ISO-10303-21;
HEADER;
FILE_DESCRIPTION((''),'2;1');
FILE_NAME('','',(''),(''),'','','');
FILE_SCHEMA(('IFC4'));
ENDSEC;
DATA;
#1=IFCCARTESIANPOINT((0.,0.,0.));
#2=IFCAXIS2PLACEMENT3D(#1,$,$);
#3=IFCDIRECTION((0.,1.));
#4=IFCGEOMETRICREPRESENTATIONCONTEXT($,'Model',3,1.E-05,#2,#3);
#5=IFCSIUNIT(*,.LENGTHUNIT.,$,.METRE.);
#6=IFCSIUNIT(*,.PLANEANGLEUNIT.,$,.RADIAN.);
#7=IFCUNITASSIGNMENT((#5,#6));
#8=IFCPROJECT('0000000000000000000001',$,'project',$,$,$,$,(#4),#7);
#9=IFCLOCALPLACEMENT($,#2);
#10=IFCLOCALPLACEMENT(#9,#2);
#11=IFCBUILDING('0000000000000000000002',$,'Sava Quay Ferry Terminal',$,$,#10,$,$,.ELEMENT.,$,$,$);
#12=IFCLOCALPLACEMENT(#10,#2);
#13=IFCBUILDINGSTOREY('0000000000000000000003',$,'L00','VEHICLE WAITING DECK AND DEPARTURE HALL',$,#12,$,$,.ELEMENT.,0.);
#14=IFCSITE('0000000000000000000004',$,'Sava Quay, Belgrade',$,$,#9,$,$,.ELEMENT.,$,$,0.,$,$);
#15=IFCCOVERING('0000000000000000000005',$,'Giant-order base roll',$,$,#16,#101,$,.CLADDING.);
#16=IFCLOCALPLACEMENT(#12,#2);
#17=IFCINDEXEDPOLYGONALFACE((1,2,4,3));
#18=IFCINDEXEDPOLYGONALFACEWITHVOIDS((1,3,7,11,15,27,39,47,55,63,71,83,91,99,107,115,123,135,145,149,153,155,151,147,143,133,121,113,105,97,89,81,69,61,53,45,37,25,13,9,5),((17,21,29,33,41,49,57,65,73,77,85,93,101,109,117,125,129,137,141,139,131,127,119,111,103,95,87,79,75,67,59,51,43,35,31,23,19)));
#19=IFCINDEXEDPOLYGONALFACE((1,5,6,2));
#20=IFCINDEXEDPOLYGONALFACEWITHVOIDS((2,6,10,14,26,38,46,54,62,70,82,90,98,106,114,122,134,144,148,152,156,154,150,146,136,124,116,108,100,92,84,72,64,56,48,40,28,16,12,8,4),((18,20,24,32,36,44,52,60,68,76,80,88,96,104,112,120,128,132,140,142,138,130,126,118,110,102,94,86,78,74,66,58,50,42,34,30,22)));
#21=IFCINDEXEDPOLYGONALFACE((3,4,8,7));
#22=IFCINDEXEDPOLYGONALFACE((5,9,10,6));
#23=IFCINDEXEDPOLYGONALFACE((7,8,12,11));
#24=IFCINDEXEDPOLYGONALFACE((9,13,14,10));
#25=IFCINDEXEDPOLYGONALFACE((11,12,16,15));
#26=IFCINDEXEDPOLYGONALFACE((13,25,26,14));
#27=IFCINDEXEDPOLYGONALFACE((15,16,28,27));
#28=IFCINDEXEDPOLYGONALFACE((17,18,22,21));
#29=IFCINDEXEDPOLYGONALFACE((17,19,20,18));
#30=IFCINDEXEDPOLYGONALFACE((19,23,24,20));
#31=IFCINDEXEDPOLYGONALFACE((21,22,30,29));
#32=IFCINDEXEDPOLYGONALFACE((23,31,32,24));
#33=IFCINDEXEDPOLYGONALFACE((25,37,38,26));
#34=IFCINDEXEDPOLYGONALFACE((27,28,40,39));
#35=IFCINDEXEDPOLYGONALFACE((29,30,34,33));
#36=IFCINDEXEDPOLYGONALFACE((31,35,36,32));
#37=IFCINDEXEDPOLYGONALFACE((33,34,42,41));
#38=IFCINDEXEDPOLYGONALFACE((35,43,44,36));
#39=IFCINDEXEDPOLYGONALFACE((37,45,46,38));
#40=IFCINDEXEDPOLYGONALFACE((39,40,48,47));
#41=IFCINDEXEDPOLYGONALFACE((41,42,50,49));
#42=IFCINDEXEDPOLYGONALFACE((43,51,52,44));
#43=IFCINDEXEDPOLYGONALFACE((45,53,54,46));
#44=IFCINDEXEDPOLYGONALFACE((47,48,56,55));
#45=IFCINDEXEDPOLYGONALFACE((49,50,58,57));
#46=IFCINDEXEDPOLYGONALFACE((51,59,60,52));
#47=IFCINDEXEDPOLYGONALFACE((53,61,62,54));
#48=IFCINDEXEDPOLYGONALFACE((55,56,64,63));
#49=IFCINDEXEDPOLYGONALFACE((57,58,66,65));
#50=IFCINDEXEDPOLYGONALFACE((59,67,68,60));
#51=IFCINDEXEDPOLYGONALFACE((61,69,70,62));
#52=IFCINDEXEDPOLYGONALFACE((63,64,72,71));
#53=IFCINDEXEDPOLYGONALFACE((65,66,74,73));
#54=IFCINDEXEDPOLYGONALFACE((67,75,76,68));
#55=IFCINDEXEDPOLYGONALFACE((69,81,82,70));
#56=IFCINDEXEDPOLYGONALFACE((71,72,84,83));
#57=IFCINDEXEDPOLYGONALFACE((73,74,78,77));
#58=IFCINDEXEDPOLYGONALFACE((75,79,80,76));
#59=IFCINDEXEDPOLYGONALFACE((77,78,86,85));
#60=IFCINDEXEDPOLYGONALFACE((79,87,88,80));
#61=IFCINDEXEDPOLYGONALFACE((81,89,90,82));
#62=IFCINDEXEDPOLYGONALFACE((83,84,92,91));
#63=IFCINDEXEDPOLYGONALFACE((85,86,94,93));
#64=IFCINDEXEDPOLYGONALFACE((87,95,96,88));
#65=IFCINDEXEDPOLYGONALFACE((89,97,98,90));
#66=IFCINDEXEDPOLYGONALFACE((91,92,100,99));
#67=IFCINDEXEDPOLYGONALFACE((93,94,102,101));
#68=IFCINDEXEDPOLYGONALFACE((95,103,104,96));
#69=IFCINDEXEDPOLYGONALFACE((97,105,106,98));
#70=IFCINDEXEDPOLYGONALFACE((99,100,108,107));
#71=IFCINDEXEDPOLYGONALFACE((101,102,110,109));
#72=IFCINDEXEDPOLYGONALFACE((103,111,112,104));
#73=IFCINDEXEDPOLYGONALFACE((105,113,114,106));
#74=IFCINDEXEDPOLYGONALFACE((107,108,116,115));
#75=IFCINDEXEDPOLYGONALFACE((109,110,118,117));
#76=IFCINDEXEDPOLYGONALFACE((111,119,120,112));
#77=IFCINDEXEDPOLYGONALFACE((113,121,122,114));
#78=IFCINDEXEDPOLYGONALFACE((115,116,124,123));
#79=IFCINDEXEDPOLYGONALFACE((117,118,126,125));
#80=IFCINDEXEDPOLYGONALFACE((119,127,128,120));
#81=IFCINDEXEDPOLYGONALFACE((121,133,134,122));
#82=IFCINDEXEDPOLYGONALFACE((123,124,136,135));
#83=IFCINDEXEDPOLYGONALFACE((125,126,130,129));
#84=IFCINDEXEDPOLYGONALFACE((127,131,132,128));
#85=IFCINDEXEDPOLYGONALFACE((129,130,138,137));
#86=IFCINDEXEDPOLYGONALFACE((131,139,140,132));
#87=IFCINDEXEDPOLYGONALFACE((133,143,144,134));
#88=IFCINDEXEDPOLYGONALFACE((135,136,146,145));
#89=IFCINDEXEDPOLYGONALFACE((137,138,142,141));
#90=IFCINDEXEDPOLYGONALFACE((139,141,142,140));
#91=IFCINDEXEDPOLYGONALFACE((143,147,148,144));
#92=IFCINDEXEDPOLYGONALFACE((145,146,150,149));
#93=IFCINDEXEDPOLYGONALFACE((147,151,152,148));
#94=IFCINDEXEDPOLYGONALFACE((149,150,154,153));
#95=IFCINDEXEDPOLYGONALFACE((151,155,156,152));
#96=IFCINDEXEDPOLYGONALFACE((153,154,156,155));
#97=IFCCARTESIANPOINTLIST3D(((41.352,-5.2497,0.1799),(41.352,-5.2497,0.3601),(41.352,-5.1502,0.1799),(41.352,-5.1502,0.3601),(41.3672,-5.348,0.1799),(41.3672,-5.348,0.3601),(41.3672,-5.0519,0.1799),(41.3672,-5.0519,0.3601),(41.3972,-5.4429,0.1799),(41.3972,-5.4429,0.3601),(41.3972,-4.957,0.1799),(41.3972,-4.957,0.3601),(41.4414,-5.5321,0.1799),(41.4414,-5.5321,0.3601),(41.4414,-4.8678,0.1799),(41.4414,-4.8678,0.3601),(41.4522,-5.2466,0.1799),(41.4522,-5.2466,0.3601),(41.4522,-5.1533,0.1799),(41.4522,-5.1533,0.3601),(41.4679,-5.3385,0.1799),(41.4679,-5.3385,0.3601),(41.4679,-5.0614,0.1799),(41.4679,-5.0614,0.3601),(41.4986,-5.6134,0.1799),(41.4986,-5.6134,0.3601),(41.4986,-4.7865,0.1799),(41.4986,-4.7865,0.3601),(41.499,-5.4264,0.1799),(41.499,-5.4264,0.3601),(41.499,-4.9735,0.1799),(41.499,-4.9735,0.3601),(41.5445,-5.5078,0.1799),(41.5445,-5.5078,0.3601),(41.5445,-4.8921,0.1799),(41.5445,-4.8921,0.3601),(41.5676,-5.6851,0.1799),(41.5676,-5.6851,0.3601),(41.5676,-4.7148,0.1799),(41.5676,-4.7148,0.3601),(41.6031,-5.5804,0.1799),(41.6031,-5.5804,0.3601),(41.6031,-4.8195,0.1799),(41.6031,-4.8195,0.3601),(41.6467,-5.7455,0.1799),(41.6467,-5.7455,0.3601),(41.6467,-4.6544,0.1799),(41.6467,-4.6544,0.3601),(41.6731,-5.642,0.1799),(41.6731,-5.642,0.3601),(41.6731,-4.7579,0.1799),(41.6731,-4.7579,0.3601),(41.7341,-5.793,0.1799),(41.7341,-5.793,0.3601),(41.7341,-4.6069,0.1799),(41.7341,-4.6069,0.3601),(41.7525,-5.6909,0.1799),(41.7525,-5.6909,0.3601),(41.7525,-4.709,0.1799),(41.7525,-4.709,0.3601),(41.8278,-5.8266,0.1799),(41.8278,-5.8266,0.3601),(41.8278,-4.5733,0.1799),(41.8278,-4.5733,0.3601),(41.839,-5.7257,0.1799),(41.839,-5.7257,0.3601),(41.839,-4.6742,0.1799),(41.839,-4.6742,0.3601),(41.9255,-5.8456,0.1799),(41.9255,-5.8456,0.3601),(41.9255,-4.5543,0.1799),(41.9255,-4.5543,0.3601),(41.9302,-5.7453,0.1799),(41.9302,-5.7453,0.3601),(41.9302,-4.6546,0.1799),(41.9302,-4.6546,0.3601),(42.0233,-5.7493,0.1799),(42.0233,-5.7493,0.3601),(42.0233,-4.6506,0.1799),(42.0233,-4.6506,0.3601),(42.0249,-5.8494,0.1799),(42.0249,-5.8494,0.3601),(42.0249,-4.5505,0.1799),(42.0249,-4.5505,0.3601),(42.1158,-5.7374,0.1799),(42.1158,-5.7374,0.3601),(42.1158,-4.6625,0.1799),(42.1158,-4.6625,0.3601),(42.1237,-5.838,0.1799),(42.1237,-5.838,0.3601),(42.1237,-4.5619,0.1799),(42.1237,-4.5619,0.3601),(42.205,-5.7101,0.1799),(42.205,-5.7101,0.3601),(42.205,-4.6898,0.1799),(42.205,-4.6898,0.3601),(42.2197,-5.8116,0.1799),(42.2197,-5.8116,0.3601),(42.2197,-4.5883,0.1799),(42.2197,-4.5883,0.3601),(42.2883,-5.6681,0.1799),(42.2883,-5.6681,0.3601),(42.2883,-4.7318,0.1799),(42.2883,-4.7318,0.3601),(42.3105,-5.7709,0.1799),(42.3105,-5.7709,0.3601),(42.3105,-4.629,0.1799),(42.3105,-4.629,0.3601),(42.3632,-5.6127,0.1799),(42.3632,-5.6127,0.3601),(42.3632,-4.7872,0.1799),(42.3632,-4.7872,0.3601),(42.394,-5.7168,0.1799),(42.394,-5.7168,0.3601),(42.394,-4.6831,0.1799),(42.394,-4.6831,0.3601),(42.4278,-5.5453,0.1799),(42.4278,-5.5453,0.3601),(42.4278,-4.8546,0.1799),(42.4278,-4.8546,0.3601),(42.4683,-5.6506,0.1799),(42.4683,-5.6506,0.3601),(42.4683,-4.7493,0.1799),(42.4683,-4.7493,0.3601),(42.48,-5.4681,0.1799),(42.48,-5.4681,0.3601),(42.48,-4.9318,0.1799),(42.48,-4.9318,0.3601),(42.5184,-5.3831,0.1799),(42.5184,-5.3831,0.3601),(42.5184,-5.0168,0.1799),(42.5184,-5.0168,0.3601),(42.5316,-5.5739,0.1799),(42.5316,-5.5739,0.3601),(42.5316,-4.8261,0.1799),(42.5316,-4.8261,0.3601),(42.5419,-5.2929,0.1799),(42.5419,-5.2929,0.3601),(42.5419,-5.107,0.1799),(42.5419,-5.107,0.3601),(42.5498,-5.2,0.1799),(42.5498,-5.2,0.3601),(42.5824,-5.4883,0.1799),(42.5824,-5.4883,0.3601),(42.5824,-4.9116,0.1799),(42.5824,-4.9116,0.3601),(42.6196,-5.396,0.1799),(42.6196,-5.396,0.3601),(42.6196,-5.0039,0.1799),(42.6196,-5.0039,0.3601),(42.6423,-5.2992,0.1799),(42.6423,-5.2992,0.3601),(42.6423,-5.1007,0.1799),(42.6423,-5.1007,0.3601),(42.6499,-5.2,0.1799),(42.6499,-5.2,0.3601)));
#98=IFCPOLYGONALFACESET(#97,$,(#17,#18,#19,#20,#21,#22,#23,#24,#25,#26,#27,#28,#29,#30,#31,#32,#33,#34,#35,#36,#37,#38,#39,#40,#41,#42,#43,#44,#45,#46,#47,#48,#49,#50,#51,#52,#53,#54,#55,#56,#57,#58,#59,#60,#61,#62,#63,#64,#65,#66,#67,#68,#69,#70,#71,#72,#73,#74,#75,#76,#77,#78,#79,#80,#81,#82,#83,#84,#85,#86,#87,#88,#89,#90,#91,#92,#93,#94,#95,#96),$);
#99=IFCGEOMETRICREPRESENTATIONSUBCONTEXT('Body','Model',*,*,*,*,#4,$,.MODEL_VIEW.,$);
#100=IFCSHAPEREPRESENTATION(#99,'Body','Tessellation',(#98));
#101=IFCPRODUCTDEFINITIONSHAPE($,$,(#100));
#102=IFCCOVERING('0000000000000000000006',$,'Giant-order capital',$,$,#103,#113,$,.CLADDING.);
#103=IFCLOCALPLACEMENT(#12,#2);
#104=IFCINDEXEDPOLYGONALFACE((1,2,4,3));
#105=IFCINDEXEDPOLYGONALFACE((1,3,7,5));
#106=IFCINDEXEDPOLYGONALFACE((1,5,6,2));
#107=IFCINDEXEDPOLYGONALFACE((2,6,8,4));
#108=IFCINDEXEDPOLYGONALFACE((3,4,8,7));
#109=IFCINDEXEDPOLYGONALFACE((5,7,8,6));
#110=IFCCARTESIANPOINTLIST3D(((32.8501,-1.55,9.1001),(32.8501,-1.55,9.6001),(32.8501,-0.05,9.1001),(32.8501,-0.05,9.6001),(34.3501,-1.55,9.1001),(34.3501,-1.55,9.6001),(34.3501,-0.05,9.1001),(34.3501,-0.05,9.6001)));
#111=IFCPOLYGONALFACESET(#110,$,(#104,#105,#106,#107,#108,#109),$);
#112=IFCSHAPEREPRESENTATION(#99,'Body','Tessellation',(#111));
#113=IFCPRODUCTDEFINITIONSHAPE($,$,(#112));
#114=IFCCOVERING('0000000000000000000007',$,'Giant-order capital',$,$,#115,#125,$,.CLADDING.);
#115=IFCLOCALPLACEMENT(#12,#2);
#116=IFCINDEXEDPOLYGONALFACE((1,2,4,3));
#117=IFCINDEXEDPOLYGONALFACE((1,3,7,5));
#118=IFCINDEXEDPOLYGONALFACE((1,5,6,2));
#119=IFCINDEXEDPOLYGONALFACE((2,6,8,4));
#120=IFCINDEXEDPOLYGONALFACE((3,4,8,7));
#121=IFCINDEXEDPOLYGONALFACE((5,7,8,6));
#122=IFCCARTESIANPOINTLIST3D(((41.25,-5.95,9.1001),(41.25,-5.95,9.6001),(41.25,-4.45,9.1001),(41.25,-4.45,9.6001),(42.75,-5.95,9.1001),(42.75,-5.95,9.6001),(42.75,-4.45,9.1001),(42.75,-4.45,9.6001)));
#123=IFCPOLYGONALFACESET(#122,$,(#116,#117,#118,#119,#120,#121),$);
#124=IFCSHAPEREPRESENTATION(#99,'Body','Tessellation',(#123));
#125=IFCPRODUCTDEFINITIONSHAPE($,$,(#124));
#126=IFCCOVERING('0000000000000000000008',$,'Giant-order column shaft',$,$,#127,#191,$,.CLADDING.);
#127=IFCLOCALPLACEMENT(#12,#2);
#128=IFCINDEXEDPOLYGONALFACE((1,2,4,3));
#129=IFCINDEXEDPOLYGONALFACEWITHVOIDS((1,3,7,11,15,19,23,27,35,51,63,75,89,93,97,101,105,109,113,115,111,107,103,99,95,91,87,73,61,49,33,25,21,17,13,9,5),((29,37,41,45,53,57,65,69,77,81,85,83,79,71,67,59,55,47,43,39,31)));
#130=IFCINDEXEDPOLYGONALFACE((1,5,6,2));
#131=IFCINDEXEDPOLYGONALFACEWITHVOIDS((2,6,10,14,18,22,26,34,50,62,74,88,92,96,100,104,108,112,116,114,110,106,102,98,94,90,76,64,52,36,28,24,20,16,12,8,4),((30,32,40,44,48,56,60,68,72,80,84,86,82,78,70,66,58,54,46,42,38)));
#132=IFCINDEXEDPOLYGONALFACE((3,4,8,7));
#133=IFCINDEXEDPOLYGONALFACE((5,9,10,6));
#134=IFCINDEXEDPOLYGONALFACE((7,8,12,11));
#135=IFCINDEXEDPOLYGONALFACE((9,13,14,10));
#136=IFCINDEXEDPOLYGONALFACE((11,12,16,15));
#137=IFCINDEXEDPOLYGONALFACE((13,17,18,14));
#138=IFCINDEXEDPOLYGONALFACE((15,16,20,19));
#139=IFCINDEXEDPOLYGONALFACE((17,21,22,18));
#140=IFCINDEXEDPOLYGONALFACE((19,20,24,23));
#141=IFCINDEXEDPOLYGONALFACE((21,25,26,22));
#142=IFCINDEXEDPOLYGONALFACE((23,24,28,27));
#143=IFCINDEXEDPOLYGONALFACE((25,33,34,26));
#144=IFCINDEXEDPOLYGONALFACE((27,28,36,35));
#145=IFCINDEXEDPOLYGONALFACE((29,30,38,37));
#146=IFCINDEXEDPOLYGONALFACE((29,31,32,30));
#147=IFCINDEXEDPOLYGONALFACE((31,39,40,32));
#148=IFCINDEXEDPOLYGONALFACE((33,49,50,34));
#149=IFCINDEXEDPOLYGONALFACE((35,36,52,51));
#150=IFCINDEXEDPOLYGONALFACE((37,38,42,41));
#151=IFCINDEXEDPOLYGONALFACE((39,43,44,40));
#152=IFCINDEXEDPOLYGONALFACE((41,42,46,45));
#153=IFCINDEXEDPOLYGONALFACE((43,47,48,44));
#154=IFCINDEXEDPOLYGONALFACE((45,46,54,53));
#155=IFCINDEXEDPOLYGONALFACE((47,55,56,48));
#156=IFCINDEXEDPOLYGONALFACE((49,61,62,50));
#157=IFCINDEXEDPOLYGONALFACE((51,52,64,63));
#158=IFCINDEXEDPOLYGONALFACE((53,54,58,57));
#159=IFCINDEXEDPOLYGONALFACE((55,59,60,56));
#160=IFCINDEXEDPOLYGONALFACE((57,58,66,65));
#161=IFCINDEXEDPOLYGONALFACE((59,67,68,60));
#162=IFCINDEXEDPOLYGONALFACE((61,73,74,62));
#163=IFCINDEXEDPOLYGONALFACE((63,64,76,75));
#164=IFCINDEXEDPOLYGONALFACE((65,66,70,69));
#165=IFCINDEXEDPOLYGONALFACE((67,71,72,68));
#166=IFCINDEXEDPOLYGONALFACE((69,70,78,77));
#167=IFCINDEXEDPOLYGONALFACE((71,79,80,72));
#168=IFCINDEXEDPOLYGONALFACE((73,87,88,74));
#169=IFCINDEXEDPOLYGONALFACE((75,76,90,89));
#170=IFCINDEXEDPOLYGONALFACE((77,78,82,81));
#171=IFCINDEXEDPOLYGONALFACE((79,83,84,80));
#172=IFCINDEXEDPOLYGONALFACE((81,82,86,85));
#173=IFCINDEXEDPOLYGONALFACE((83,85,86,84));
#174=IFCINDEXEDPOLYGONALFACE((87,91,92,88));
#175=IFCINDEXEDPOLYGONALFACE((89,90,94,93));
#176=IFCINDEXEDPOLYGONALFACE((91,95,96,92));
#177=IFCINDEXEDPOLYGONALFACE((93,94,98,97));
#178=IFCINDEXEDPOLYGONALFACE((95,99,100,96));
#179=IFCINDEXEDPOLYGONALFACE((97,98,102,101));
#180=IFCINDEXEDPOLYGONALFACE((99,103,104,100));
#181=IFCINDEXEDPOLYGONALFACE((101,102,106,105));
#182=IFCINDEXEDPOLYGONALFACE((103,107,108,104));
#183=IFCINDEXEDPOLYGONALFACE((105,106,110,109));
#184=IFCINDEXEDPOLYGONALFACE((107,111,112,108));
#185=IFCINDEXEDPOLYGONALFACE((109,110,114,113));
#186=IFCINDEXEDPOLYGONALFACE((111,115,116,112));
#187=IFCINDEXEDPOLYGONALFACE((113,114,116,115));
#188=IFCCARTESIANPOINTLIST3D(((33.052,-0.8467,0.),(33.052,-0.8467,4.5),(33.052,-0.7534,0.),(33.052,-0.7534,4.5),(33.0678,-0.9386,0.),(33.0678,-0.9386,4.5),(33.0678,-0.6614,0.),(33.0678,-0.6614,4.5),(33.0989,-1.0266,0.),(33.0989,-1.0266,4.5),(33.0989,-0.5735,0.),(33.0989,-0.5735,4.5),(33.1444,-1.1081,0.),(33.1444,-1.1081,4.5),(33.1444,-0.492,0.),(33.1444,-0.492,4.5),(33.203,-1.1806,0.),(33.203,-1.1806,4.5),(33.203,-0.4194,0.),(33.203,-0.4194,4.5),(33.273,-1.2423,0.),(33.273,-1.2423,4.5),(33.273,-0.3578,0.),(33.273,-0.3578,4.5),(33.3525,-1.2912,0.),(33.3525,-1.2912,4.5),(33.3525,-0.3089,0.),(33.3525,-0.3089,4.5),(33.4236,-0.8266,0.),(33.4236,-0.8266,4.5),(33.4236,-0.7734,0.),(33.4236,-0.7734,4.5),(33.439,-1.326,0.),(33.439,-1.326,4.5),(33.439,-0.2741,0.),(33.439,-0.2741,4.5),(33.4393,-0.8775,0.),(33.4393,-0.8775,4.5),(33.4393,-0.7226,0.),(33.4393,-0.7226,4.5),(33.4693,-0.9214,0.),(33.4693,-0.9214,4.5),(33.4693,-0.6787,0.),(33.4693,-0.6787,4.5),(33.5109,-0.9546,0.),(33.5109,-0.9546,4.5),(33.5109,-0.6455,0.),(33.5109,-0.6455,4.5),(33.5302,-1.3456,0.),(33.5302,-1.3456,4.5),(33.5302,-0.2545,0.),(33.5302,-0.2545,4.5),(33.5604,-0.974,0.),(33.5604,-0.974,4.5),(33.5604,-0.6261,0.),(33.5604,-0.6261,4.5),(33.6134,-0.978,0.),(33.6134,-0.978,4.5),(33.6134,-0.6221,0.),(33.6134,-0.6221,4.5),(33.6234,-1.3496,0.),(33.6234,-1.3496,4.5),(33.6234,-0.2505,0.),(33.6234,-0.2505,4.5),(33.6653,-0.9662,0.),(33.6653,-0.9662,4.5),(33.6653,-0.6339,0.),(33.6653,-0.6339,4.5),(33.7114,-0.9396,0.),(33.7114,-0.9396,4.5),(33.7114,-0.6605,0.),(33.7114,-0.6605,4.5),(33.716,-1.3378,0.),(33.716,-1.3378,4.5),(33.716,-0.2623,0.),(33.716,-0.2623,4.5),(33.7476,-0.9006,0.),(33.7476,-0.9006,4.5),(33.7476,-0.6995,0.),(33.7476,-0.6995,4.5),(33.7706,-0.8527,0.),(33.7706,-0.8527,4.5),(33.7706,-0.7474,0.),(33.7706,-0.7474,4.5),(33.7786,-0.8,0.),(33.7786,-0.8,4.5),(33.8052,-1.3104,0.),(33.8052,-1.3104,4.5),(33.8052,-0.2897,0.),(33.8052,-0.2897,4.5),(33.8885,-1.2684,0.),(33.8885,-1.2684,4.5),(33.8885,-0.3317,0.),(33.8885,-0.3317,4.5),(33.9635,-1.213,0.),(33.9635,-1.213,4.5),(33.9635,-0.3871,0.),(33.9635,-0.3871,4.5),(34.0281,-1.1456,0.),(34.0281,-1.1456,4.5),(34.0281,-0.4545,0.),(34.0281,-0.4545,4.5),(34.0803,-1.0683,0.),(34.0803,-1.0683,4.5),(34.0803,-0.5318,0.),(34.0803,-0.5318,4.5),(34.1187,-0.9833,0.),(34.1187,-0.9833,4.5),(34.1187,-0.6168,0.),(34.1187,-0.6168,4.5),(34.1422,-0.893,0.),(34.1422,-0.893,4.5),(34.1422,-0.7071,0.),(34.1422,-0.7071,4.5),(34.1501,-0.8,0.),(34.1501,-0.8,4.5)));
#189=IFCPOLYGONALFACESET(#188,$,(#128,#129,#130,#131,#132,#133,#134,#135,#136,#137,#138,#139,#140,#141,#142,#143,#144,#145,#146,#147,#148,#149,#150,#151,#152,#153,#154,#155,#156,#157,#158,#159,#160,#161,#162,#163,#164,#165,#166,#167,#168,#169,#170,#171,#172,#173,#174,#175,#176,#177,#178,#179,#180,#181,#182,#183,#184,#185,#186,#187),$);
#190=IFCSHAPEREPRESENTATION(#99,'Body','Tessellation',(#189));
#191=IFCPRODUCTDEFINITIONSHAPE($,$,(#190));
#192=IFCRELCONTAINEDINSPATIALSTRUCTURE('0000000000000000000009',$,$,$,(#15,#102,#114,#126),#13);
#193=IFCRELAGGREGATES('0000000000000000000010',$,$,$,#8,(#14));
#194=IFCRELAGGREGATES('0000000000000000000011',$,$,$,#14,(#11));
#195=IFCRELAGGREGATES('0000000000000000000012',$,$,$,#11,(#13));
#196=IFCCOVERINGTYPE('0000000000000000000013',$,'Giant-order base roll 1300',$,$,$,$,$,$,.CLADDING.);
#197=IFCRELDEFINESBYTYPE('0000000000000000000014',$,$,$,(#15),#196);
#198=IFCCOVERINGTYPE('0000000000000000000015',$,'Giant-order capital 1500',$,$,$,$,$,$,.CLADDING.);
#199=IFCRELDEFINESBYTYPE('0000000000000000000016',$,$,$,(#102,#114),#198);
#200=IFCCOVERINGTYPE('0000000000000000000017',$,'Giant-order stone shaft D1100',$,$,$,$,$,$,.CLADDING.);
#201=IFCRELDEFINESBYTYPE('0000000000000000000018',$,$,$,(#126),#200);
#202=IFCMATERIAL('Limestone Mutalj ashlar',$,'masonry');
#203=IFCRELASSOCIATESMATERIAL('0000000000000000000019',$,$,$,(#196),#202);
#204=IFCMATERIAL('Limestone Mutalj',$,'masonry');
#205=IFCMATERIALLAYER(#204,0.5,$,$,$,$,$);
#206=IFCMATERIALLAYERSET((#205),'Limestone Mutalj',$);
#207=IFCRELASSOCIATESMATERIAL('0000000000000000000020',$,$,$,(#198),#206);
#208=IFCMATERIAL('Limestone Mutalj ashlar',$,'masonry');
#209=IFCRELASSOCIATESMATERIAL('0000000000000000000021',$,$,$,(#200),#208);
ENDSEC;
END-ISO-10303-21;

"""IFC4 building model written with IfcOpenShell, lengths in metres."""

from ifc_helpers import new_model, si_unit, direction, frame, origin, origin_2d, place, context, subcontext, project, spatial, rectangle, hollow_circle, extrude, material, layer, layer_set, material_profile, profile_set, type_object, element, save


model = new_model("IFC4")

# Units and contexts
model_context = context("Model", 3, precision=1e-05, world=origin(), true_north=direction((0.0, 1.0)))
body_context = subcontext(model_context, "Body", "Model", "MODEL_VIEW")
ifc_project = project(units=[si_unit("LENGTHUNIT", "METRE"), si_unit("PLANEANGLEUNIT", "RADIAN")], contexts=[model_context])

# Site, building, storey
site_placement = place(None, origin())
site = spatial("IfcSite", under=ifc_project, at=site_placement, Name="Sava Quay, Belgrade", CompositionType="ELEMENT", RefElevation=0.0)
building_placement = place(site_placement, origin())
building = spatial("IfcBuilding", under=site, at=building_placement, Name="Sava Quay Ferry Terminal", CompositionType="ELEMENT")
storey_placement = place(building_placement, origin())
storey = spatial("IfcBuildingStorey", under=building, at=storey_placement, Name="L00", Description="VEHICLE WAITING DECK AND DEPARTURE HALL", CompositionType="ELEMENT", Elevation=0.0)

# Coverings
ifc_material_1 = material(Name="Limestone Mutalj ashlar", Category="masonry")
ifc_material_profile_1 = material_profile(ifc_material_1, hollow_circle(Radius=0.6499, WallThickness=0.1001, at=origin_2d()), Name="Base roll 1300")
ifc_profile_set_1 = profile_set([ifc_material_profile_1], Name="Limestone Mutalj ashlar")
covering_type_1 = type_object("IfcCoveringType", Name="Giant-order base roll 1300", PredefinedType="CLADDING", material=ifc_profile_set_1)
for number, where, z_axis, x_axis, name in (
    (1, (42.0, -5.2, 0.1799), (0.0, 0.0, 1.0), (1.0, 0.0, 0.0), "Giant-order base roll"),
):
    element("IfcCovering", number, at=place(storey_placement, frame(where, z_axis=z_axis, x_axis=x_axis)), inside=storey, type_object=covering_type_1, Name=name, PredefinedType="CLADDING", context=body_context, shape_type="SweptSolid", body=[
        extrude(hollow_circle(Radius=0.6499, WallThickness=0.1001, at=origin_2d()), origin(), (0.0, 0.0, 1.0), 0.1802),
    ])
ifc_material_2 = material(Name="Limestone Mutalj", Category="masonry")
ifc_layer_1 = layer(ifc_material_2, 0.5)
ifc_layer_set_1 = layer_set([ifc_layer_1], Name="Limestone Mutalj")
covering_type_2 = type_object("IfcCoveringType", Name="Giant-order capital 1500", PredefinedType="CLADDING", material=ifc_layer_set_1)
for number, where, z_axis, x_axis, name in (
    (2, (33.6001, -0.8, 9.1001), (0.0, 0.0, 1.0), (1.0, 0.0, 0.0), "Giant-order capital"),
    (3, (42.0, -5.2, 9.1001), (0.0, 0.0, 1.0), (1.0, 0.0, 0.0), "Giant-order capital"),
):
    element("IfcCovering", number, at=place(storey_placement, frame(where, z_axis=z_axis, x_axis=x_axis)), inside=storey, type_object=covering_type_2, Name=name, PredefinedType="CLADDING", context=body_context, shape_type="SweptSolid", body=[
        extrude(rectangle(XDim=1.5, YDim=1.5, at=origin_2d()), origin(), (0.0, 0.0, 1.0), 0.5),
    ])
ifc_material_3 = material(Name="Limestone Mutalj ashlar", Category="masonry")
ifc_material_profile_2 = material_profile(ifc_material_3, hollow_circle(Radius=0.55, WallThickness=0.3716, at=origin_2d()), Name="Stone shaft D1100")
ifc_profile_set_2 = profile_set([ifc_material_profile_2], Name="Limestone Mutalj ashlar")
covering_type_3 = type_object("IfcCoveringType", Name="Giant-order stone shaft D1100", PredefinedType="CLADDING", material=ifc_profile_set_2)
covering_1_placement = place(storey_placement, frame((33.6001, -0.8, 0.0), z_axis=(0.0, 0.0, 1.0), x_axis=(1.0, 0.0, 0.0)))
element("IfcCovering", 4, at=covering_1_placement, inside=storey, type_object=covering_type_3, Name="Giant-order column shaft", PredefinedType="CLADDING", context=body_context, shape_type="SweptSolid", body=[
    extrude(hollow_circle(Radius=0.55, WallThickness=0.3716, at=origin_2d()), origin(), (0.0, 0.0, 1.0), 4.5),
])

save(model, "model.ifc")
